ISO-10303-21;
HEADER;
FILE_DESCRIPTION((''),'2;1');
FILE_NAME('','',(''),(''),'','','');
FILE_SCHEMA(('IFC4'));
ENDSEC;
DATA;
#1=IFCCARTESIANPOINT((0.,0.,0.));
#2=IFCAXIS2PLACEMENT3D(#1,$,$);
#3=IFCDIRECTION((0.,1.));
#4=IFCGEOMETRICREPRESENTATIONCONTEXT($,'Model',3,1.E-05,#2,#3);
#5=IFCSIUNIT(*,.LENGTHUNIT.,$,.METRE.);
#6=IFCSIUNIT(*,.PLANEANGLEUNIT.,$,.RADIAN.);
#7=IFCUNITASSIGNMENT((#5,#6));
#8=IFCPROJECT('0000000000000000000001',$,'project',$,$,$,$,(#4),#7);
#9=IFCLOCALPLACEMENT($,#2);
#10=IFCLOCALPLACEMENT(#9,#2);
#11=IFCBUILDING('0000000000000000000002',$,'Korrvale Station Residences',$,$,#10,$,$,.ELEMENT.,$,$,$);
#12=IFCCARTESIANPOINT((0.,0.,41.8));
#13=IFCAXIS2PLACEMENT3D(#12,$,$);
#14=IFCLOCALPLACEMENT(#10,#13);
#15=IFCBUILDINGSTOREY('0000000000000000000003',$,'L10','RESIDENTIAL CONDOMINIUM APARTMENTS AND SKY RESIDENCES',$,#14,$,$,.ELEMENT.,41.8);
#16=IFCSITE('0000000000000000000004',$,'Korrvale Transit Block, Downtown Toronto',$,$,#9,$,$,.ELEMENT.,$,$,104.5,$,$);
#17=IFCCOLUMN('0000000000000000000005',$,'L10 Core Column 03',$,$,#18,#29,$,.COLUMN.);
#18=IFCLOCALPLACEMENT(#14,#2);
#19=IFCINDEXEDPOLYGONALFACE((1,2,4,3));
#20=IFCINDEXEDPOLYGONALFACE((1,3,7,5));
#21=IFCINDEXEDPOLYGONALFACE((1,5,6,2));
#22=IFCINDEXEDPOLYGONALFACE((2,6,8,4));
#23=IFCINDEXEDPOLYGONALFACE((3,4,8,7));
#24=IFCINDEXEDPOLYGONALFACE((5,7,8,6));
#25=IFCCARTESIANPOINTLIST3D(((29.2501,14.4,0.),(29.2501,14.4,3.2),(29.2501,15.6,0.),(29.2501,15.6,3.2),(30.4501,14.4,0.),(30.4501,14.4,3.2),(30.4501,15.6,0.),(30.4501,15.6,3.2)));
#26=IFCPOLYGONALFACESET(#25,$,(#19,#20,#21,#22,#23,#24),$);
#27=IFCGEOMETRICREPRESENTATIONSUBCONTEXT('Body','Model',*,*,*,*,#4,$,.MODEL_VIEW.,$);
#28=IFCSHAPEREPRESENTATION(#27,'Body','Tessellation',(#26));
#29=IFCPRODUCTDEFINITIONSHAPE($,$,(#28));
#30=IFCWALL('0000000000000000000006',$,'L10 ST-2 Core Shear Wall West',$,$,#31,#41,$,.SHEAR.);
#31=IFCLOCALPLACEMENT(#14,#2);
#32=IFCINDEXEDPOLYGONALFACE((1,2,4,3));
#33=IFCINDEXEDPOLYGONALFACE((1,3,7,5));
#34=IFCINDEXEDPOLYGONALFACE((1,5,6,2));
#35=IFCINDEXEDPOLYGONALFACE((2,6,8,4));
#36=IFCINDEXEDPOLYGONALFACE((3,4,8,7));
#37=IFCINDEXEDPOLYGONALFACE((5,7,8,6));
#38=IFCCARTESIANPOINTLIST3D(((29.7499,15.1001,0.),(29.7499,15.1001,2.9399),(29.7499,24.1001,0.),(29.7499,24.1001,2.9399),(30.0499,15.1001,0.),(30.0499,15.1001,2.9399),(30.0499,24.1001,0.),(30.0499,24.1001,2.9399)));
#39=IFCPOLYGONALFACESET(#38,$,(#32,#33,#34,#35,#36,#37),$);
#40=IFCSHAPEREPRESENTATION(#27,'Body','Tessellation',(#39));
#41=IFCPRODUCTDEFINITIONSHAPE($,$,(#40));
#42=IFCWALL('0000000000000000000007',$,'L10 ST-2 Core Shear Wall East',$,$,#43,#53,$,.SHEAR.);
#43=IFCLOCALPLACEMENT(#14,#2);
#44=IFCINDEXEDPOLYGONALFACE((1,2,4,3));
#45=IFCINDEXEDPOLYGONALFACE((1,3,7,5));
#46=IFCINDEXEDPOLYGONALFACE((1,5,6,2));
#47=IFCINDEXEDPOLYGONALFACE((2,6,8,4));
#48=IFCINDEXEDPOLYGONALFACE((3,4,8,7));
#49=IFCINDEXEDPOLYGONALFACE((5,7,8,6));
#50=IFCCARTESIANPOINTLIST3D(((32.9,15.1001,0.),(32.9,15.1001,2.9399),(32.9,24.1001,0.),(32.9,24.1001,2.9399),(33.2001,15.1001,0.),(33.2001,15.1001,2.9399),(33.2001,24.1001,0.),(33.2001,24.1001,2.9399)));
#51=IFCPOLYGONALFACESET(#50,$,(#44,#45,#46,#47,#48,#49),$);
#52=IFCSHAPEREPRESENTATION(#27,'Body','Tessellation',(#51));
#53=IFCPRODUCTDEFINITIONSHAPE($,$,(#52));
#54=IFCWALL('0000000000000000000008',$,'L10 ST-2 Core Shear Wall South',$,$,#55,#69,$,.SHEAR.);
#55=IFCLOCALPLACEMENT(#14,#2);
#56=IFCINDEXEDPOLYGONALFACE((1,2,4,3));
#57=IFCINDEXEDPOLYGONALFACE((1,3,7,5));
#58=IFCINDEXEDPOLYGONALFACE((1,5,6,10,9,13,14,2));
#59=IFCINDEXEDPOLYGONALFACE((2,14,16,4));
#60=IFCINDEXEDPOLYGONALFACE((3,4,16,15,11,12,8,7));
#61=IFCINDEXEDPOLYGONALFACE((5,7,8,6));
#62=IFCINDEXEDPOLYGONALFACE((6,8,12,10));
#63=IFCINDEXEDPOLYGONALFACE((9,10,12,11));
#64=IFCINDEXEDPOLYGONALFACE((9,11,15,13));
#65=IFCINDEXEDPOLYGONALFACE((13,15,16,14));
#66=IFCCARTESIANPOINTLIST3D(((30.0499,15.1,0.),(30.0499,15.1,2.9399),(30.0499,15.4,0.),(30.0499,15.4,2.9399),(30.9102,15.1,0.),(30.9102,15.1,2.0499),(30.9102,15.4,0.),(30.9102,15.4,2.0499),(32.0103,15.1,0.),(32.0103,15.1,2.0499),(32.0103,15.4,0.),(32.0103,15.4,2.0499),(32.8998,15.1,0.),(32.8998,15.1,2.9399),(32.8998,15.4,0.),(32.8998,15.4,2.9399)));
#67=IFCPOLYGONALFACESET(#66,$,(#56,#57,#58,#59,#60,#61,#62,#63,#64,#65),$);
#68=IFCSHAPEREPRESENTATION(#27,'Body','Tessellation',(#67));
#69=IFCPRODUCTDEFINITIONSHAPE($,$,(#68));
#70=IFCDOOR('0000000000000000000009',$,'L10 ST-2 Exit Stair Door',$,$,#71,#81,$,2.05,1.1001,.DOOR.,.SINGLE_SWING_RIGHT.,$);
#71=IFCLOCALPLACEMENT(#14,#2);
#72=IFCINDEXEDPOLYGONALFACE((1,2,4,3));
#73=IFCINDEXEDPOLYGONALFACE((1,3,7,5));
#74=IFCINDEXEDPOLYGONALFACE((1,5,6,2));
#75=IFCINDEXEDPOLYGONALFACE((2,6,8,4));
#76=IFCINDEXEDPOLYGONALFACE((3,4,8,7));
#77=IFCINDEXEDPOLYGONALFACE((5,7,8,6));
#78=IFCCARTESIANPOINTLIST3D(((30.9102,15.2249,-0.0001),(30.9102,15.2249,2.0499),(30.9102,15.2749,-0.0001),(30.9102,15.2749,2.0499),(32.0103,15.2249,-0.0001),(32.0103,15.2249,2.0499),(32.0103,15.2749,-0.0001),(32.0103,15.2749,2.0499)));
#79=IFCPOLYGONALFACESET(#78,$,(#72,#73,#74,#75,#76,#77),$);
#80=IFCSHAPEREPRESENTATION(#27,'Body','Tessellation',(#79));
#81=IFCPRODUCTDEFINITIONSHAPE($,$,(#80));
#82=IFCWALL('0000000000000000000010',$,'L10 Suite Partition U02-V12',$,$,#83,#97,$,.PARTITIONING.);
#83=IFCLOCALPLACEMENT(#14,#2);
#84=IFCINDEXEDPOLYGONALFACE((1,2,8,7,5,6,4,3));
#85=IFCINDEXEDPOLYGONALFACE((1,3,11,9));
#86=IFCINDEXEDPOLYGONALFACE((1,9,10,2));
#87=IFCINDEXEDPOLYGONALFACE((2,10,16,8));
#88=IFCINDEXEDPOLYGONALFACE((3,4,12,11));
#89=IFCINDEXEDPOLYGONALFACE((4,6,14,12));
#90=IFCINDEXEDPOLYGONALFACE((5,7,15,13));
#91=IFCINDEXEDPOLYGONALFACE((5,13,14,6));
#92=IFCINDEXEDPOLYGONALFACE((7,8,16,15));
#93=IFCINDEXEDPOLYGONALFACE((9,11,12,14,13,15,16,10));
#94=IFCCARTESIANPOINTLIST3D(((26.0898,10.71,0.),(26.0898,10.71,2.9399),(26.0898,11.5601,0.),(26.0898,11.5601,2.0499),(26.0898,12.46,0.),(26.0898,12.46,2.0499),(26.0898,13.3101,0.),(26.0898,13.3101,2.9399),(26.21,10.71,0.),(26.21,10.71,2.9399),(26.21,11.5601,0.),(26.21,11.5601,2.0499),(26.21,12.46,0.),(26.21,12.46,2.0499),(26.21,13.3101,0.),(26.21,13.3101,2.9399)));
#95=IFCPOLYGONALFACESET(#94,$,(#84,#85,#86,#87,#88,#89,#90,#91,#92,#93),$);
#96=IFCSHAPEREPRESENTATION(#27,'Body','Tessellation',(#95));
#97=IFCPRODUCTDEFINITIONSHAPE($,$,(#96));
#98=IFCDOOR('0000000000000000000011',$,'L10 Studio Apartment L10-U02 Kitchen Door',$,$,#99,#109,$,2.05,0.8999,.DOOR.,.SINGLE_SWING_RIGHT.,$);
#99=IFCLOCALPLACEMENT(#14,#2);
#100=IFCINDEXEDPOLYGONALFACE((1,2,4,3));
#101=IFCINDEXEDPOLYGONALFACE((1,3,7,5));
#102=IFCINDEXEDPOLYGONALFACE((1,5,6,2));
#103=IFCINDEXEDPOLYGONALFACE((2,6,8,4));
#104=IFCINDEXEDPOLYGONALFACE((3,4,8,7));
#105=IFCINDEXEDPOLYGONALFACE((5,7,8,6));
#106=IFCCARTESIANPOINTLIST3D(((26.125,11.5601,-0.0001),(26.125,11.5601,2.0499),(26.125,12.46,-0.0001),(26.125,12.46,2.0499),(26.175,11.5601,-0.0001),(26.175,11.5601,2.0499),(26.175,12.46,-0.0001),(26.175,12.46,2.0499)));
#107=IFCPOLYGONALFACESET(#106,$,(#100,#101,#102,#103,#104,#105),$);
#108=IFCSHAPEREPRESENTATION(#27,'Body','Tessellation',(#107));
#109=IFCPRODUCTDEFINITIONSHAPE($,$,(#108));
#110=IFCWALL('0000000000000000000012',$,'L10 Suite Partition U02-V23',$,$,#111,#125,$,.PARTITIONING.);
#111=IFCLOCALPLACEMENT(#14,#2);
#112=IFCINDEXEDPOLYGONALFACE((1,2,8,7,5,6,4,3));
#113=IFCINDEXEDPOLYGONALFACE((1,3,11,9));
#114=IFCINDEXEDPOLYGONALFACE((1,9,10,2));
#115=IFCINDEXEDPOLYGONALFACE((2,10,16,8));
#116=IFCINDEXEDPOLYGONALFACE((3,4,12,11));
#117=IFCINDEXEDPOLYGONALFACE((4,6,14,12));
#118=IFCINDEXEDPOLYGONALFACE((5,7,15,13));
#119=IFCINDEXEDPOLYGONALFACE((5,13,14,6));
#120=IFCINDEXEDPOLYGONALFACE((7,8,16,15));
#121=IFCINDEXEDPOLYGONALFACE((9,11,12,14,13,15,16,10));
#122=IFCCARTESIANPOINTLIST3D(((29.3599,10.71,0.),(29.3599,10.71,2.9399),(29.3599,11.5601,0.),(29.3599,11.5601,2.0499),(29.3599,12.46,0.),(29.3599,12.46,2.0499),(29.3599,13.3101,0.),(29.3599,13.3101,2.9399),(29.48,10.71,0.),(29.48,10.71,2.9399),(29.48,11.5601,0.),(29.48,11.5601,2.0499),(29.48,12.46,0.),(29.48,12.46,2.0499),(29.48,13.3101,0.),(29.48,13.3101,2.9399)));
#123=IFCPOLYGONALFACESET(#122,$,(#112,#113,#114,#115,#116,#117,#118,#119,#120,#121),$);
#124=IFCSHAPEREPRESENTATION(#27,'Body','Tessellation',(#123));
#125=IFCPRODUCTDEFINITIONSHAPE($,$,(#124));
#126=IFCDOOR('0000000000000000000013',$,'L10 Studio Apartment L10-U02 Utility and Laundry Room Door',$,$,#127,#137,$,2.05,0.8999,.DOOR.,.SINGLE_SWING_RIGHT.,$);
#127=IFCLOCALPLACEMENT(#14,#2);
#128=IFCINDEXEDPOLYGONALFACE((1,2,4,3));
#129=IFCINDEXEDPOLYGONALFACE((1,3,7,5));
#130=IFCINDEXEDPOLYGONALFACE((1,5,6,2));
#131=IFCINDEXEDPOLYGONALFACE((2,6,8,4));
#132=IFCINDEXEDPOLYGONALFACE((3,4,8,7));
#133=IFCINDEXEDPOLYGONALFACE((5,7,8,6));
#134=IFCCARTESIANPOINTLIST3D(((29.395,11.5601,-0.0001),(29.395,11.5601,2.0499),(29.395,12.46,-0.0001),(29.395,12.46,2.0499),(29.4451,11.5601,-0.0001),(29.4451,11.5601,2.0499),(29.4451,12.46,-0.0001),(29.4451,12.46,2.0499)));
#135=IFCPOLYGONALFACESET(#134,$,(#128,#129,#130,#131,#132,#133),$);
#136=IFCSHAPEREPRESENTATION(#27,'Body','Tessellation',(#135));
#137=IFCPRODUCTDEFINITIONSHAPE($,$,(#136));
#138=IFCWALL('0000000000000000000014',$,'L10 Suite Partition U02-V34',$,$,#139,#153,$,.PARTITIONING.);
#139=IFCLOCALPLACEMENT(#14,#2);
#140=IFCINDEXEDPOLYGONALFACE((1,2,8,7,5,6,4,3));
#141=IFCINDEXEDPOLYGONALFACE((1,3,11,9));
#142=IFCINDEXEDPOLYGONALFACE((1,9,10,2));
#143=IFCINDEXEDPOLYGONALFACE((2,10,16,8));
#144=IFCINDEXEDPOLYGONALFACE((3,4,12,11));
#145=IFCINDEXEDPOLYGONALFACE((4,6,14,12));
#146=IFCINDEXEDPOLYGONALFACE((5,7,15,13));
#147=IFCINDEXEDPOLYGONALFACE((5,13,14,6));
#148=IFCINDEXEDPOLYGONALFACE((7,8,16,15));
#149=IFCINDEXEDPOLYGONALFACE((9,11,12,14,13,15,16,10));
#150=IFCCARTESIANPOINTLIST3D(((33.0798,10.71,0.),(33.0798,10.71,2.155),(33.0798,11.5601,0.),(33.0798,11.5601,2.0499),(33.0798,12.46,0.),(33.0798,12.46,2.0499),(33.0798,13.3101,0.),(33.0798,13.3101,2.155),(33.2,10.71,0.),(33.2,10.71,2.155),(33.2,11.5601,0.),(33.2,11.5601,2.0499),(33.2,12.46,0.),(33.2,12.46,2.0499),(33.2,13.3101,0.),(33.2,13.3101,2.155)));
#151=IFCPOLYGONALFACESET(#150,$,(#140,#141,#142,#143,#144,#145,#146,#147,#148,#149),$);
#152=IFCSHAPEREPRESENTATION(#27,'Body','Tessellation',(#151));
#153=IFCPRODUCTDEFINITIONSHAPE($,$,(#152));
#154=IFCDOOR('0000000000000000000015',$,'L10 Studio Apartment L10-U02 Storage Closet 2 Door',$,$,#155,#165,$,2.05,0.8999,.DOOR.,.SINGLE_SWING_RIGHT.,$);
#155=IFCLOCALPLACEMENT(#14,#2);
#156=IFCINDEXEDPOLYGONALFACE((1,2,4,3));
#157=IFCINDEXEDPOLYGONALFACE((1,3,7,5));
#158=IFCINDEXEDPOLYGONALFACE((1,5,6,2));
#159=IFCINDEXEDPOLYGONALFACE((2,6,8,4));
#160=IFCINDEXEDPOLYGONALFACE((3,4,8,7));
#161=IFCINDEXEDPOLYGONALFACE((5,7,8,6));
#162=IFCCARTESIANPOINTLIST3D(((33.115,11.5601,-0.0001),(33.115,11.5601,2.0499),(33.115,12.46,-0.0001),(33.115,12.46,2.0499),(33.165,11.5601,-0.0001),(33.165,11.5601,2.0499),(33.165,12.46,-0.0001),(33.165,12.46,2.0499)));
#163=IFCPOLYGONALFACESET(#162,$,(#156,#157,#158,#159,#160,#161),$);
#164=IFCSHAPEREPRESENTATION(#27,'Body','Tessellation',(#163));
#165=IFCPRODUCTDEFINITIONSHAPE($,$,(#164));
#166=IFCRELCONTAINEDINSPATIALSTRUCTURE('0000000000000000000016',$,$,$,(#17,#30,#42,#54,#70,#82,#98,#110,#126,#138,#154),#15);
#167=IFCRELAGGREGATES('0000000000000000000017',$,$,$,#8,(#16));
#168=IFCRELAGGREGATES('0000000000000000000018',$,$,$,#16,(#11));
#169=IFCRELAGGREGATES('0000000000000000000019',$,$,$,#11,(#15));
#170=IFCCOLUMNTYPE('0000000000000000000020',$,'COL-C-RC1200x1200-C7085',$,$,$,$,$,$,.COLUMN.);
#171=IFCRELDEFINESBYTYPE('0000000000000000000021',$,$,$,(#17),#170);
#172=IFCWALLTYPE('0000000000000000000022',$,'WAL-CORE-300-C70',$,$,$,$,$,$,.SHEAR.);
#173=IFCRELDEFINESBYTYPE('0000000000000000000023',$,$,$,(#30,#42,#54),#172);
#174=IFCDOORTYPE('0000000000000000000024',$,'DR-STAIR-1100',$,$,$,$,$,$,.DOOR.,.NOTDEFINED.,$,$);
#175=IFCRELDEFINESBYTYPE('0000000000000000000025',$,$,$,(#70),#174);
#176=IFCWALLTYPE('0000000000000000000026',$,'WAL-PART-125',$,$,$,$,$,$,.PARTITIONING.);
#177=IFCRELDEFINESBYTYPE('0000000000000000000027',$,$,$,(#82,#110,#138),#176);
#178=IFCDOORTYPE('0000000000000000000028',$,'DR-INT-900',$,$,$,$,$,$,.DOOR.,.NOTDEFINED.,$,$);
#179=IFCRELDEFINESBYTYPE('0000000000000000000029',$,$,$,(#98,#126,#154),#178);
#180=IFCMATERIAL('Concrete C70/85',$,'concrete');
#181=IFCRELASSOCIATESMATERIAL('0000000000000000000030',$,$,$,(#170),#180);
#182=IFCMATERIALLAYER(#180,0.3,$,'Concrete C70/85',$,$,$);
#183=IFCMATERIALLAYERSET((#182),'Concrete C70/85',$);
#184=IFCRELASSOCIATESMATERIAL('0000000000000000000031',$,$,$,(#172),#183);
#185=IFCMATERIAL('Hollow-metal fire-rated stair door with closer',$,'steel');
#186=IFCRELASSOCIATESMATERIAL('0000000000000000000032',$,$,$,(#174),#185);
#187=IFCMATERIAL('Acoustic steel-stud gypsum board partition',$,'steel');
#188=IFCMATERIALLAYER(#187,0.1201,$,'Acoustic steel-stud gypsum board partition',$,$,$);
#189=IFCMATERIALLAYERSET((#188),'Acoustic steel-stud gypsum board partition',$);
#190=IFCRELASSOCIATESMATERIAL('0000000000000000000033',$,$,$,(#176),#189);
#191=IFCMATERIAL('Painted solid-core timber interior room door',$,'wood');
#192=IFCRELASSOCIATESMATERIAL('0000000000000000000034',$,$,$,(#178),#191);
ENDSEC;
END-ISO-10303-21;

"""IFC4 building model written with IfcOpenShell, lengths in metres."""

from ifc_helpers import new_model, si_unit, direction, frame, frame_2d, origin, origin_2d, place, context, subcontext, project, spatial, rectangle, extrude, material, layer, layer_set, material_profile, profile_set, type_object, element, fill, save


model = new_model("IFC4")

# Units and contexts
model_context = context("Model", 3, precision=1e-05, world=origin(), true_north=direction((0.0, 1.0)))
body_context = subcontext(model_context, "Body", "Model", "MODEL_VIEW")
ifc_project = project(units=[si_unit("LENGTHUNIT", "METRE"), si_unit("PLANEANGLEUNIT", "RADIAN")], contexts=[model_context])

# Site, building, storey
site_placement = place(None, origin())
site = spatial("IfcSite", under=ifc_project, at=site_placement, Name="Korrvale Transit Block, Downtown Toronto", CompositionType="ELEMENT", RefElevation=104.5)
building_placement = place(site_placement, origin())
building = spatial("IfcBuilding", under=site, at=building_placement, Name="Korrvale Station Residences", CompositionType="ELEMENT")
storey_placement = place(building_placement, frame((0.0, 0.0, 41.8)))
storey = spatial("IfcBuildingStorey", under=building, at=storey_placement, Name="L10", Description="RESIDENTIAL CONDOMINIUM APARTMENTS AND SKY RESIDENCES", CompositionType="ELEMENT", Elevation=41.8)

# Column
ifc_material_1 = material(Name="Concrete C70/85", Category="concrete")
ifc_material_profile = material_profile(ifc_material_1, rectangle(XDim=1.2, YDim=1.2, at=origin_2d()), Name="RC1200x1200")
ifc_profile_set = profile_set([ifc_material_profile], Name="Concrete C70/85")
column_type = type_object("IfcColumnType", Name="COL-C-RC1200x1200-C7085", PredefinedType="COLUMN", material=ifc_profile_set)
column_placement = place(storey_placement, frame((29.8501, 15.0, 0.0), z_axis=(0.0, 0.0, 1.0), x_axis=(1.0, 0.0, 0.0)))
element("IfcColumn", 1, at=column_placement, inside=storey, type_object=column_type, Name="L10 Core Column 03", PredefinedType="COLUMN", context=body_context, shape_type="SweptSolid", body=[
    extrude(rectangle(XDim=1.2, YDim=1.2, at=origin_2d()), origin(), (0.0, 0.0, 1.0), 3.2),
])

# Walls
ifc_layer_1 = layer(ifc_material_1, 0.3, Name="Concrete C70/85")
ifc_layer_set_1 = layer_set([ifc_layer_1], Name="Concrete C70/85")
wall_type_1 = type_object("IfcWallType", Name="WAL-CORE-300-C70", PredefinedType="SHEAR", material=ifc_layer_set_1)
for number, where, z_axis, x_axis, name in (
    (2, (29.8999, 15.1001, 0.0), (0.0, 0.0, 1.0), (0.0, 1.0, 0.0), "L10 ST-2 Core Shear Wall West"),
    (3, (33.05, 15.1001, 0.0), (0.0, 0.0, 1.0), (0.0, 1.0, 0.0), "L10 ST-2 Core Shear Wall East"),
):
    element("IfcWall", number, at=place(storey_placement, frame(where, z_axis=z_axis, x_axis=x_axis)), inside=storey, type_object=wall_type_1, Name=name, PredefinedType="SHEAR", context=body_context, shape_type="SweptSolid", body=[
        extrude(rectangle(XDim=9.0, YDim=0.3, at=frame_2d((4.5, 0.0))), origin(), (0.0, 0.0, 1.0), 2.9399),
    ])

# Walls, openings, doors
wall_1_placement = place(storey_placement, frame((30.05, 15.25, 0.0), z_axis=(0.0, 0.0, 1.0), x_axis=(1.0, 0.0, 0.0)))
wall_1 = element("IfcWall", 4, at=wall_1_placement, inside=storey, type_object=wall_type_1, Name="L10 ST-2 Core Shear Wall South", PredefinedType="SHEAR", context=body_context, shape_type="SweptSolid", body=[
    extrude(rectangle(XDim=2.8499, YDim=0.3, at=frame_2d((1.4248, 0.0))), origin(), (0.0, 0.0, 1.0), 2.9399),
])
opening_1_placement = place(wall_1_placement, frame((0.8601, 0.0, 0.0)))
opening_1 = element("IfcOpeningElement", 5, at=opening_1_placement, cuts=wall_1, PredefinedType="OPENING", context=body_context, shape_type="SweptSolid", body=[
    extrude(rectangle(XDim=1.1001, YDim=2.05, at=frame_2d((0.55, 1.0249))), frame((0.0, 0.1602, 0.0), z_axis=(0.0, -1.0, 0.0), x_axis=(1.0, 0.0, 0.0)), (0.0, 0.0, 1.0), 0.3201),
])
ifc_material_2 = material(Name="Hollow-metal fire-rated stair door with closer", Category="steel")
door_type_1 = type_object("IfcDoorType", Name="DR-STAIR-1100", OperationType="NOTDEFINED", PredefinedType="DOOR", material=ifc_material_2)
door_1_placement = place(opening_1_placement, origin())
door_1 = element("IfcDoor", 6, at=door_1_placement, inside=storey, type_object=door_type_1, Name="L10 ST-2 Exit Stair Door", OperationType="SINGLE_SWING_RIGHT", OverallHeight=2.05, OverallWidth=1.1001, PredefinedType="DOOR", context=body_context, shape_type="SweptSolid", body=[
    extrude(rectangle(XDim=1.1001, YDim=2.05, at=frame_2d((0.55, 1.0249))), frame((0.0, 0.0249, 0.0), z_axis=(0.0, -1.0, 0.0), x_axis=(1.0, 0.0, 0.0)), (0.0, 0.0, 1.0), 0.05),
])
fill(opening_1, door_1)
ifc_material_3 = material(Name="Acoustic steel-stud gypsum board partition", Category="steel")
ifc_layer_2 = layer(ifc_material_3, 0.1201, Name="Acoustic steel-stud gypsum board partition")
ifc_layer_set_2 = layer_set([ifc_layer_2], Name="Acoustic steel-stud gypsum board partition")
wall_type_2 = type_object("IfcWallType", Name="WAL-PART-125", PredefinedType="PARTITIONING", material=ifc_layer_set_2)
wall_2_placement = place(storey_placement, frame((26.1499, 10.71, 0.0), z_axis=(0.0, 0.0, 1.0), x_axis=(0.0, 1.0, 0.0)))
wall_2 = element("IfcWall", 7, at=wall_2_placement, inside=storey, type_object=wall_type_2, Name="L10 Suite Partition U02-V12", PredefinedType="PARTITIONING", context=body_context, shape_type="SweptSolid", body=[
    extrude(rectangle(XDim=2.6001, YDim=0.1201, at=frame_2d((1.3, 0.0))), origin(), (0.0, 0.0, 1.0), 2.9399),
])
opening_2_placement = place(wall_2_placement, frame((0.8501, 0.0, 0.0)))
opening_2 = element("IfcOpeningElement", 8, at=opening_2_placement, cuts=wall_2, PredefinedType="OPENING", context=body_context, shape_type="SweptSolid", body=[
    extrude(rectangle(XDim=0.8999, YDim=2.05, at=frame_2d((0.45, 1.0249))), frame((0.0, 0.0701, 0.0), z_axis=(0.0, -1.0, 0.0), x_axis=(1.0, 0.0, 0.0)), (0.0, 0.0, 1.0), 0.1401),
])
ifc_material_4 = material(Name="Painted solid-core timber interior room door", Category="wood")
door_type_2 = type_object("IfcDoorType", Name="DR-INT-900", OperationType="NOTDEFINED", PredefinedType="DOOR", material=ifc_material_4)
door_2_placement = place(opening_2_placement, origin())
door_2 = element("IfcDoor", 9, at=door_2_placement, inside=storey, type_object=door_type_2, Name="L10 Studio Apartment L10-U02 Kitchen Door", OperationType="SINGLE_SWING_RIGHT", OverallHeight=2.05, OverallWidth=0.8999, PredefinedType="DOOR", context=body_context, shape_type="SweptSolid", body=[
    extrude(rectangle(XDim=0.8999, YDim=2.05, at=frame_2d((0.45, 1.0249))), frame((0.0, 0.0249, 0.0), z_axis=(0.0, -1.0, 0.0), x_axis=(1.0, 0.0, 0.0)), (0.0, 0.0, 1.0), 0.05),
])
fill(opening_2, door_2)
wall_3_placement = place(storey_placement, frame((29.4199, 10.71, 0.0), z_axis=(0.0, 0.0, 1.0), x_axis=(0.0, 1.0, 0.0)))
wall_3 = element("IfcWall", 10, at=wall_3_placement, inside=storey, type_object=wall_type_2, Name="L10 Suite Partition U02-V23", PredefinedType="PARTITIONING", context=body_context, shape_type="SweptSolid", body=[
    extrude(rectangle(XDim=2.6001, YDim=0.1201, at=frame_2d((1.3, 0.0))), origin(), (0.0, 0.0, 1.0), 2.9399),
])
opening_3_placement = place(wall_3_placement, frame((0.8501, 0.0, 0.0)))
opening_3 = element("IfcOpeningElement", 11, at=opening_3_placement, cuts=wall_3, PredefinedType="OPENING", context=body_context, shape_type="SweptSolid", body=[
    extrude(rectangle(XDim=0.8999, YDim=2.05, at=frame_2d((0.45, 1.0249))), frame((0.0, 0.0701, 0.0), z_axis=(0.0, -1.0, 0.0), x_axis=(1.0, 0.0, 0.0)), (0.0, 0.0, 1.0), 0.1401),
])
door_3_placement = place(opening_3_placement, origin())
door_3 = element("IfcDoor", 12, at=door_3_placement, inside=storey, type_object=door_type_2, Name="L10 Studio Apartment L10-U02 Utility and Laundry Room Door", OperationType="SINGLE_SWING_RIGHT", OverallHeight=2.05, OverallWidth=0.8999, PredefinedType="DOOR", context=body_context, shape_type="SweptSolid", body=[
    extrude(rectangle(XDim=0.8999, YDim=2.05, at=frame_2d((0.45, 1.0249))), frame((0.0, 0.0249, 0.0), z_axis=(0.0, -1.0, 0.0), x_axis=(1.0, 0.0, 0.0)), (0.0, 0.0, 1.0), 0.05),
])
fill(opening_3, door_3)
wall_4_placement = place(storey_placement, frame((33.1399, 10.71, 0.0), z_axis=(0.0, 0.0, 1.0), x_axis=(0.0, 1.0, 0.0)))
wall_4 = element("IfcWall", 13, at=wall_4_placement, inside=storey, type_object=wall_type_2, Name="L10 Suite Partition U02-V34", PredefinedType="PARTITIONING", context=body_context, shape_type="SweptSolid", body=[
    extrude(rectangle(XDim=2.6001, YDim=0.1201, at=frame_2d((1.3, 0.0))), origin(), (0.0, 0.0, 1.0), 2.155),
])
opening_4_placement = place(wall_4_placement, frame((0.8501, 0.0, 0.0)))
opening_4 = element("IfcOpeningElement", 14, at=opening_4_placement, cuts=wall_4, PredefinedType="OPENING", context=body_context, shape_type="SweptSolid", body=[
    extrude(rectangle(XDim=0.8999, YDim=2.05, at=frame_2d((0.45, 1.0249))), frame((0.0, 0.0701, 0.0), z_axis=(0.0, -1.0, 0.0), x_axis=(1.0, 0.0, 0.0)), (0.0, 0.0, 1.0), 0.1401),
])
door_4_placement = place(opening_4_placement, origin())
door_4 = element("IfcDoor", 15, at=door_4_placement, inside=storey, type_object=door_type_2, Name="L10 Studio Apartment L10-U02 Storage Closet 2 Door", OperationType="SINGLE_SWING_RIGHT", OverallHeight=2.05, OverallWidth=0.8999, PredefinedType="DOOR", context=body_context, shape_type="SweptSolid", body=[
    extrude(rectangle(XDim=0.8999, YDim=2.05, at=frame_2d((0.45, 1.0249))), frame((0.0, 0.0249, 0.0), z_axis=(0.0, -1.0, 0.0), x_axis=(1.0, 0.0, 0.0)), (0.0, 0.0, 1.0), 0.05),
])
fill(opening_4, door_4)

save(model, "model.ifc")
